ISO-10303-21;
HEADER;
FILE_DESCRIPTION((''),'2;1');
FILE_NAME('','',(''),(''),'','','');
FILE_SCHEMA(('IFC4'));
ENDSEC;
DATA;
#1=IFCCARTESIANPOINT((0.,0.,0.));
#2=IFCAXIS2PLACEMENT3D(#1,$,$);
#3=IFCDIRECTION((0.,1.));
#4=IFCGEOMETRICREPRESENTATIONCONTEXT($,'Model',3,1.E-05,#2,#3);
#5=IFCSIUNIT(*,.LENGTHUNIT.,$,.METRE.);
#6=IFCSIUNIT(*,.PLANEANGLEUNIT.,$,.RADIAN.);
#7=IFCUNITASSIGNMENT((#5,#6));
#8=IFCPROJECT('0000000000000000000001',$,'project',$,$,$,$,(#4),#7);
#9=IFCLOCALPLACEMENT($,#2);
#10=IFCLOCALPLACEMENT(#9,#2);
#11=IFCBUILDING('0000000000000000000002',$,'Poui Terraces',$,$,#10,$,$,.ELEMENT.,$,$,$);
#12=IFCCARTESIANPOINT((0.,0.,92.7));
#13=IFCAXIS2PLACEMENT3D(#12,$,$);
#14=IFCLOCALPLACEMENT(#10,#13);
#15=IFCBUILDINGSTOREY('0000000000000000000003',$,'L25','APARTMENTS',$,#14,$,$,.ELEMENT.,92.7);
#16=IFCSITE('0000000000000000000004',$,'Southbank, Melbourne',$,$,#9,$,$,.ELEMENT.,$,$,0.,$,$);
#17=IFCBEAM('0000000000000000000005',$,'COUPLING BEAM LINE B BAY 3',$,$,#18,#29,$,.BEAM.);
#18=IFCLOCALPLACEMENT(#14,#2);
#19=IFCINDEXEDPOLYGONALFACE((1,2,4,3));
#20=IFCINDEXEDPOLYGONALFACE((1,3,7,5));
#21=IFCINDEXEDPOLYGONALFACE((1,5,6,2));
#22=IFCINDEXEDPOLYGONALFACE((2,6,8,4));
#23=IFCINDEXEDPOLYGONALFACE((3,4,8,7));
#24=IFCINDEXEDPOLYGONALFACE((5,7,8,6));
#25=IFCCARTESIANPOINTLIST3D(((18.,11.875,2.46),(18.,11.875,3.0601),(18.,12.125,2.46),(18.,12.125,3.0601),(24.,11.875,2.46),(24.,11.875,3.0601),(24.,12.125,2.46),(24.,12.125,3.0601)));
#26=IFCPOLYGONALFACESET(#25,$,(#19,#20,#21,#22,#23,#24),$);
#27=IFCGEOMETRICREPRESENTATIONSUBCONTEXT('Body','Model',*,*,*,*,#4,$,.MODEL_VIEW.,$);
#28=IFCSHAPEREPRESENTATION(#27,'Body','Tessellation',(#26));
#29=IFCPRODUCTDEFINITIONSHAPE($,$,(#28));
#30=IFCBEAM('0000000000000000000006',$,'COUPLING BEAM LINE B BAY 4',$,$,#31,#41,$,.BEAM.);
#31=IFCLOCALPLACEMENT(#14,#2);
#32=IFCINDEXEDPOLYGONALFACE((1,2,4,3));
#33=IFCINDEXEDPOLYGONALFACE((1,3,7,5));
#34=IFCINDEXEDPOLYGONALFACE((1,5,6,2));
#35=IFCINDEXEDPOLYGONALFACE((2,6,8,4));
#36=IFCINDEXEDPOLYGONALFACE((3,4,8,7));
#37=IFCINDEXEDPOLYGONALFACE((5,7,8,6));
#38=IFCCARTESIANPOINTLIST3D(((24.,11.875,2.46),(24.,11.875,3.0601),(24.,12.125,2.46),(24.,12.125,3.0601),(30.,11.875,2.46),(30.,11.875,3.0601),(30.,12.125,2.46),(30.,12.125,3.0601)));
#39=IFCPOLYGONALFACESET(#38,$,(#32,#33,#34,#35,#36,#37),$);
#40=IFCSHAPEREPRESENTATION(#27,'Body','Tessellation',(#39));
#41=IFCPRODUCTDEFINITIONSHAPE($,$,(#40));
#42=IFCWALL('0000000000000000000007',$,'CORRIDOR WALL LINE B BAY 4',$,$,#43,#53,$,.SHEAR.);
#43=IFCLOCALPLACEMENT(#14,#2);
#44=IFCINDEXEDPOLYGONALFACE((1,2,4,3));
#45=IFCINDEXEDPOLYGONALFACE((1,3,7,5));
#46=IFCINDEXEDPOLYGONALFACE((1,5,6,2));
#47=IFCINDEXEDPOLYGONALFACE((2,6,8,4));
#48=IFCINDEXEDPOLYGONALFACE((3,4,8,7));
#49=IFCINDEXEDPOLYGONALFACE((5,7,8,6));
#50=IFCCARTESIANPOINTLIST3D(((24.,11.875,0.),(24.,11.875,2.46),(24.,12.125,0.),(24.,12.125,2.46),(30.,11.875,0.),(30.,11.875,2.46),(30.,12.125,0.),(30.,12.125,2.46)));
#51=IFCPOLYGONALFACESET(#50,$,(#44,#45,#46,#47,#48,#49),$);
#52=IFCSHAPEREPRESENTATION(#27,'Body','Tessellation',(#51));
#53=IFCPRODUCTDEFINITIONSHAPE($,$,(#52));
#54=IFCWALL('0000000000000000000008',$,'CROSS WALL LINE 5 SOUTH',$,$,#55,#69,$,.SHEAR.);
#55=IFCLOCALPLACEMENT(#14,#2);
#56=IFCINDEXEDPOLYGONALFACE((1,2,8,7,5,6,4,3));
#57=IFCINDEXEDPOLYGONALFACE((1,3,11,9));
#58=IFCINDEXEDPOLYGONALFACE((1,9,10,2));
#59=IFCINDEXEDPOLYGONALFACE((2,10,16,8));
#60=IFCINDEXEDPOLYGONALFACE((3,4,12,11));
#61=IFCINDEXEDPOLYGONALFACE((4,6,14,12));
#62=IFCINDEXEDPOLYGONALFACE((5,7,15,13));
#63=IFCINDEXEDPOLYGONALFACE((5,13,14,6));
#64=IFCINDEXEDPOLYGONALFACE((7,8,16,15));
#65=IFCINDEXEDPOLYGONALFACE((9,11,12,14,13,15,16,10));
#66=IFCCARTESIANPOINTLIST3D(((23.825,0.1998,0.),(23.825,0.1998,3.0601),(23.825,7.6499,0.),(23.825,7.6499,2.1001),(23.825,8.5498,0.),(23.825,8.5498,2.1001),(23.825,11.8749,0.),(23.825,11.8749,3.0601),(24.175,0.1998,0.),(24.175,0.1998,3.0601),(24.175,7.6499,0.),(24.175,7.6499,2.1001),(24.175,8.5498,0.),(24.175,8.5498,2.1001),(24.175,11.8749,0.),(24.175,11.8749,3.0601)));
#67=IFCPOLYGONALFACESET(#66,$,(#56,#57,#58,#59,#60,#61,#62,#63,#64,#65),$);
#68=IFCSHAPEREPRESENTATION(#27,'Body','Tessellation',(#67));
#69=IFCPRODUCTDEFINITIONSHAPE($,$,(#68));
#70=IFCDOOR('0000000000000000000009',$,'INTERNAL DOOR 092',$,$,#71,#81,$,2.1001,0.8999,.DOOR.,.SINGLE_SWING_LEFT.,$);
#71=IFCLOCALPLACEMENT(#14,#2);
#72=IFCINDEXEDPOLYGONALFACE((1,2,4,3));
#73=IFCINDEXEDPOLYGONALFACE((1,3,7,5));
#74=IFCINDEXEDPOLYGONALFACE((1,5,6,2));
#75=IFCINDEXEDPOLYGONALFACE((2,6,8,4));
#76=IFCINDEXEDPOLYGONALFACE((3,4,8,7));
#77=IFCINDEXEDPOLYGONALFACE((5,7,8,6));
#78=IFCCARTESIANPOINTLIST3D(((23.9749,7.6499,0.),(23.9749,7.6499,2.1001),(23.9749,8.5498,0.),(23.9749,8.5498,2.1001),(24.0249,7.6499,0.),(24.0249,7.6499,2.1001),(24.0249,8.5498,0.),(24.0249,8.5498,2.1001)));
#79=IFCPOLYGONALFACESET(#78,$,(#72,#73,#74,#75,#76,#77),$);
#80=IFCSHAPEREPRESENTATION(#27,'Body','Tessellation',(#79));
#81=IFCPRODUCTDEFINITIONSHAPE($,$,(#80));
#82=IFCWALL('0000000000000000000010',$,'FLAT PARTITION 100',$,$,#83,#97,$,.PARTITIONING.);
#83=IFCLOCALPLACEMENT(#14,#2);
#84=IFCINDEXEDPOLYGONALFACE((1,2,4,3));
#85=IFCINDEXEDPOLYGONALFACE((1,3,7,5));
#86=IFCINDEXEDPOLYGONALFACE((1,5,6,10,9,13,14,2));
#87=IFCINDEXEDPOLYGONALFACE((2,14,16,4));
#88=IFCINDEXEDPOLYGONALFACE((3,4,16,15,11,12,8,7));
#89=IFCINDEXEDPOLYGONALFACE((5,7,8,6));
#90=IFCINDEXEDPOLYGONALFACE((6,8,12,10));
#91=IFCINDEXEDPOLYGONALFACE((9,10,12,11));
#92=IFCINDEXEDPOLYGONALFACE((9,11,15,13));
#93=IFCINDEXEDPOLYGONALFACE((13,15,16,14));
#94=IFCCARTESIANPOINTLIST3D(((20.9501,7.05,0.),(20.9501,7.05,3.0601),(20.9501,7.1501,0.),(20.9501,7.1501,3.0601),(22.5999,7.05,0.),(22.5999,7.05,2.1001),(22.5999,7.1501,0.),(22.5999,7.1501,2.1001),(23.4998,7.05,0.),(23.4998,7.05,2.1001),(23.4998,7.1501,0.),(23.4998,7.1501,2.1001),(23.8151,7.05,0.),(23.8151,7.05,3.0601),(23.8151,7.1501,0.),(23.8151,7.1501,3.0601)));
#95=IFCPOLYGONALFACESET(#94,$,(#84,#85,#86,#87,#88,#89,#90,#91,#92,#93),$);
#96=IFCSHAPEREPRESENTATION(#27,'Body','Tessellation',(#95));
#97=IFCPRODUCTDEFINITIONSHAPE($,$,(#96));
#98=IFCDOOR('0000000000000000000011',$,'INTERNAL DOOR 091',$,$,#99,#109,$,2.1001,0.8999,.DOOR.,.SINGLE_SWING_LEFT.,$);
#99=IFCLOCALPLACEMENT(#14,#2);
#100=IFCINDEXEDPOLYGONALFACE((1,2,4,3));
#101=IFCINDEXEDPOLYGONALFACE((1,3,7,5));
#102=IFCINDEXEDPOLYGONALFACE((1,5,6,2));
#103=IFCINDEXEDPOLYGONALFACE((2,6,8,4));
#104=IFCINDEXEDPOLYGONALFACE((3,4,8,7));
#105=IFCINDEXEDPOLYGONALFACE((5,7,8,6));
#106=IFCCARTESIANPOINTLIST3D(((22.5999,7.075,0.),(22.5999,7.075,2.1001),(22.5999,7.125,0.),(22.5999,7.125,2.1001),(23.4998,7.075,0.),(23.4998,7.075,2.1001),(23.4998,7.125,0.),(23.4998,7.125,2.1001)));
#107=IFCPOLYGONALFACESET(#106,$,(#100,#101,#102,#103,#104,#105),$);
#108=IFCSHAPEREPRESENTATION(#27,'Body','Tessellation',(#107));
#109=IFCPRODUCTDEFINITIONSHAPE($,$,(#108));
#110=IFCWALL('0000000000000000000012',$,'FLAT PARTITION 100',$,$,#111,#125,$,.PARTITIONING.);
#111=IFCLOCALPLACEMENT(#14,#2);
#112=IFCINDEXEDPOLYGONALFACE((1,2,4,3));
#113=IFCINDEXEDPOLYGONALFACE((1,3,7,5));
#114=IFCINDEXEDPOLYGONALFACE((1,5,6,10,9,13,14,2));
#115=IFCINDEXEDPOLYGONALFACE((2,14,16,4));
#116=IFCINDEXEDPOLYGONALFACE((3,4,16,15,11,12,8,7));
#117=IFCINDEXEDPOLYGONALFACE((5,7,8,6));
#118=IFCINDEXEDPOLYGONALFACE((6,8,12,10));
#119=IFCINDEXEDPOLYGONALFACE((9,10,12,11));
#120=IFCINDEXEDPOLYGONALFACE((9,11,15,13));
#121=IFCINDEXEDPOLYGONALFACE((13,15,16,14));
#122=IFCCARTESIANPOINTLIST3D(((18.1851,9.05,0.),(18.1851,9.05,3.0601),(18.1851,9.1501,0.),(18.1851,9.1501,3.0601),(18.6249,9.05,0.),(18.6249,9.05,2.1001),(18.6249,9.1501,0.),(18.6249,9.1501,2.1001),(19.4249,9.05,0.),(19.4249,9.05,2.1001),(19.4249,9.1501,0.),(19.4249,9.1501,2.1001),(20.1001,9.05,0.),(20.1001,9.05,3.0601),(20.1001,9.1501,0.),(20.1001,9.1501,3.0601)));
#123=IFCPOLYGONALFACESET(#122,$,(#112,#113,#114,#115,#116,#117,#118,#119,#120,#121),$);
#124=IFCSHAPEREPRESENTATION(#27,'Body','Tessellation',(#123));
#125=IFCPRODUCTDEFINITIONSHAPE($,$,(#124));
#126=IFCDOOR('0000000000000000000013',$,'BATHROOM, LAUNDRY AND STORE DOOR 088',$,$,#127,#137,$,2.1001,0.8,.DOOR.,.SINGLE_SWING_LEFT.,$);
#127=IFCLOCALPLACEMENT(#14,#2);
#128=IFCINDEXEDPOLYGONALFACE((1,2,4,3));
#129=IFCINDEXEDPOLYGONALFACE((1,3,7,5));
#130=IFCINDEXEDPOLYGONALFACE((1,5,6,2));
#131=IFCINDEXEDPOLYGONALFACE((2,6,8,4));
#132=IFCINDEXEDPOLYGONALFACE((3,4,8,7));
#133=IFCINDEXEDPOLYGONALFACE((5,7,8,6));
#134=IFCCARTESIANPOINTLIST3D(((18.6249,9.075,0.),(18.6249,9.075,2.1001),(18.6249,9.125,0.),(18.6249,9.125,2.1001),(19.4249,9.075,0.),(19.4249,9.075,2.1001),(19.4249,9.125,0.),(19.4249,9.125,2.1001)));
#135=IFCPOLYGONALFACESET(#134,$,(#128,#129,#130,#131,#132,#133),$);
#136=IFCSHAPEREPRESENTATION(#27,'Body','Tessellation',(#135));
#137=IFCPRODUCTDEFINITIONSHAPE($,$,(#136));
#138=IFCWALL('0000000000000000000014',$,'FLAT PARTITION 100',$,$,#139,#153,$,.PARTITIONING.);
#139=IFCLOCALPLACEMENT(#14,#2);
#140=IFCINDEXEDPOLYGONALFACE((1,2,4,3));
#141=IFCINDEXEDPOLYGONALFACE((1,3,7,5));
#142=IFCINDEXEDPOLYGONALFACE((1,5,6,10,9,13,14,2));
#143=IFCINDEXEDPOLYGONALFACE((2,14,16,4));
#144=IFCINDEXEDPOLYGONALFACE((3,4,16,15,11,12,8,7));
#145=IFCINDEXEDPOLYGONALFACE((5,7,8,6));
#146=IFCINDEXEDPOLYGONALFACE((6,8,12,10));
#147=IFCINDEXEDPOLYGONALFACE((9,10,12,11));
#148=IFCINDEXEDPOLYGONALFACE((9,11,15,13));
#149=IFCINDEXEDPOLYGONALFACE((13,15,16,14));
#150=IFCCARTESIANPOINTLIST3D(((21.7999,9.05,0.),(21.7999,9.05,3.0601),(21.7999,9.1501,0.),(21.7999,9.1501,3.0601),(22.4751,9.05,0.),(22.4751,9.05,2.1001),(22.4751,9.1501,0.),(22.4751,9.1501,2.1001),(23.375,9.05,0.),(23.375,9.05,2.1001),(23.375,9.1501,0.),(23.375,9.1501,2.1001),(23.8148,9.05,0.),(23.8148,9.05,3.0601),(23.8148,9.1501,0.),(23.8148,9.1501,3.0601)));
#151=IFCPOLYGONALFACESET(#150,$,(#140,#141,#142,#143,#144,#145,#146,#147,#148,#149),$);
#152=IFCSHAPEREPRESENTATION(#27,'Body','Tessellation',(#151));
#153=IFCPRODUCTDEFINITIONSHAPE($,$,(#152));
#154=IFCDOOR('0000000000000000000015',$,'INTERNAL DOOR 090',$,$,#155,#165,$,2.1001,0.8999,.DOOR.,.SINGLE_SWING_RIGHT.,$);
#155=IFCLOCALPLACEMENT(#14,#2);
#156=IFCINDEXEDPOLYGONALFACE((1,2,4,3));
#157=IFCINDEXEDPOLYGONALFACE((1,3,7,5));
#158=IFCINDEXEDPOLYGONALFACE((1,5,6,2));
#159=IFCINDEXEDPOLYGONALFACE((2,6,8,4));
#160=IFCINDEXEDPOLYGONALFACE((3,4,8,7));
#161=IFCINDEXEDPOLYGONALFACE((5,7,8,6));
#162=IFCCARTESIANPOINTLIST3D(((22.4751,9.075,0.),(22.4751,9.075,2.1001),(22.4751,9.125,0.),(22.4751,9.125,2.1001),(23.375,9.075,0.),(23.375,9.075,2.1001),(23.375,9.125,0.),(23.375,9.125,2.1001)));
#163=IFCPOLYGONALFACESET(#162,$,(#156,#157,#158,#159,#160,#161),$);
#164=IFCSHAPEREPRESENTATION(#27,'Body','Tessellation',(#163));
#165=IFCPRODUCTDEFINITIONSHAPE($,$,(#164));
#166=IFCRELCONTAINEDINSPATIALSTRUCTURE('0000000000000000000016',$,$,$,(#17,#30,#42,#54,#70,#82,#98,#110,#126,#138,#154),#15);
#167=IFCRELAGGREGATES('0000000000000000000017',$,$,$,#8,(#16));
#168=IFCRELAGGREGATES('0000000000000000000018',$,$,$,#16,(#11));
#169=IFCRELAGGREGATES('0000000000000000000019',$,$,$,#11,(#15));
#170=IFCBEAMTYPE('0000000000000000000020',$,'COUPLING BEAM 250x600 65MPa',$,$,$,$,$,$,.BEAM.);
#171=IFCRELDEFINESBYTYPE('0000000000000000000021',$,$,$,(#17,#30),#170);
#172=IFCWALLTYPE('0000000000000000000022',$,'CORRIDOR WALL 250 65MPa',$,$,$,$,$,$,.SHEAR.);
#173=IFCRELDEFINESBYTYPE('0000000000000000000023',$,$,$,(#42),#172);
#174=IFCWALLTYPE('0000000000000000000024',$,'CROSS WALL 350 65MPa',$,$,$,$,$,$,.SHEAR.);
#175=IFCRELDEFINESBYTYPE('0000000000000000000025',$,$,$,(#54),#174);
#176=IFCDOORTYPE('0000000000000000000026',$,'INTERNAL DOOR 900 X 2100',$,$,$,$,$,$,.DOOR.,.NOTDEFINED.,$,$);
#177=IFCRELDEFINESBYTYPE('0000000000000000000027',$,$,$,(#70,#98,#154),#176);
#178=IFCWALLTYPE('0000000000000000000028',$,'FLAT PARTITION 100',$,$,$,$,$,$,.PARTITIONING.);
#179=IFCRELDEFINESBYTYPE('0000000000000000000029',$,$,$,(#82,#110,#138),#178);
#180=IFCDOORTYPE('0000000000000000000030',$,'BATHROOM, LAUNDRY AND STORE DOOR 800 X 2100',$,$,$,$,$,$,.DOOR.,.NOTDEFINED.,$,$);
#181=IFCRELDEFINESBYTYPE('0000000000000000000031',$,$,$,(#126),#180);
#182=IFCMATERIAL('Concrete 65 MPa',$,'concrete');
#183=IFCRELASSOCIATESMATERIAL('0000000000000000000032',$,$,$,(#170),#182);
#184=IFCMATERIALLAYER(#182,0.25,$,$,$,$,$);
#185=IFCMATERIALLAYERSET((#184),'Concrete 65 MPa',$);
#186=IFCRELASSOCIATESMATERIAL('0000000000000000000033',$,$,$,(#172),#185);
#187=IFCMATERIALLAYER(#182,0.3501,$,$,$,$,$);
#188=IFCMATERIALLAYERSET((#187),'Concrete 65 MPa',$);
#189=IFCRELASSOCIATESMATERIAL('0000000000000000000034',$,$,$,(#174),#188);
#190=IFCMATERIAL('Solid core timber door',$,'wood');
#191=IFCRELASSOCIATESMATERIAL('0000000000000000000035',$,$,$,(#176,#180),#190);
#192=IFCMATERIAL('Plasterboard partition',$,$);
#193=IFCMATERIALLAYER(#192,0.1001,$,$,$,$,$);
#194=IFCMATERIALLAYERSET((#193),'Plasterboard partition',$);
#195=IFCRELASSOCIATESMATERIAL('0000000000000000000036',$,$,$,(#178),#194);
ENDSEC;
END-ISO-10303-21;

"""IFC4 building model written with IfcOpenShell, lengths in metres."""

from ifc_helpers import new_model, si_unit, direction, frame, frame_2d, origin, origin_2d, place, context, subcontext, project, spatial, rectangle, extrude, source, transform, mapped, material, layer, layer_set, material_profile, profile_set, type_object, element, fill, save


model = new_model("IFC4")

# Units and contexts
model_context = context("Model", 3, precision=1e-05, world=origin(), true_north=direction((0.0, 1.0)))
body_context = subcontext(model_context, "Body", "Model", "MODEL_VIEW")
ifc_project = project(units=[si_unit("LENGTHUNIT", "METRE"), si_unit("PLANEANGLEUNIT", "RADIAN")], contexts=[model_context])

# Site, building, storey
site_placement = place(None, origin())
site = spatial("IfcSite", under=ifc_project, at=site_placement, Name="Southbank, Melbourne", CompositionType="ELEMENT", RefElevation=0.0)
building_placement = place(site_placement, origin())
building = spatial("IfcBuilding", under=site, at=building_placement, Name="Poui Terraces", CompositionType="ELEMENT")
storey_placement = place(building_placement, frame((0.0, 0.0, 92.7)))
storey = spatial("IfcBuildingStorey", under=building, at=storey_placement, Name="L25", Description="APARTMENTS", CompositionType="ELEMENT", Elevation=92.7)

# Beams
ifc_material_1 = material(Name="Concrete 65 MPa", Category="concrete")
ifc_material_profile = material_profile(ifc_material_1, rectangle(XDim=0.25, YDim=0.6001, at=origin_2d()), Name="RC 250x600")
ifc_profile_set = profile_set([ifc_material_profile], Name="Concrete 65 MPa")
beam_type = type_object("IfcBeamType", Name="COUPLING BEAM 250x600 65MPa", PredefinedType="BEAM", material=ifc_profile_set)
shared_shape = source(origin(), body_context, "Body", "SweptSolid", [
    extrude(rectangle(XDim=0.25, YDim=0.6001, at=origin_2d()), origin(), (0.0, 0.0, 1.0), 6.0),
])
for number, where, z_axis, x_axis, name in (
    (1, (18.0, 12.0, 2.76), (1.0, 0.0, 0.0), (0.0, 1.0, 0.0), "COUPLING BEAM LINE B BAY 3"),
    (2, (24.0, 12.0, 2.76), (1.0, 0.0, 0.0), (0.0, 1.0, 0.0), "COUPLING BEAM LINE B BAY 4"),
):
    element("IfcBeam", number, at=place(storey_placement, frame(where, z_axis=z_axis, x_axis=x_axis)), inside=storey, type_object=beam_type, Name=name, PredefinedType="BEAM", context=body_context, shape_type="MappedRepresentation", body=[
        mapped(shared_shape, transform((0.0, 0.0, 0.0))),
    ])

# Wall
ifc_layer_1 = layer(ifc_material_1, 0.25)
ifc_layer_set_1 = layer_set([ifc_layer_1], Name="Concrete 65 MPa")
wall_type_1 = type_object("IfcWallType", Name="CORRIDOR WALL 250 65MPa", PredefinedType="SHEAR", material=ifc_layer_set_1)
wall_1_placement = place(storey_placement, frame((24.0, 12.0, 0.0), z_axis=(0.0, 0.0, 1.0), x_axis=(1.0, 0.0, 0.0)))
element("IfcWall", 3, at=wall_1_placement, inside=storey, type_object=wall_type_1, Name="CORRIDOR WALL LINE B BAY 4", PredefinedType="SHEAR", context=body_context, shape_type="SweptSolid", body=[
    extrude(rectangle(XDim=6.0, YDim=0.25, at=frame_2d((3.0, 0.0))), origin(), (0.0, 0.0, 1.0), 2.46),
])

# Walls, openings, doors
ifc_layer_2 = layer(ifc_material_1, 0.3501)
ifc_layer_set_2 = layer_set([ifc_layer_2], Name="Concrete 65 MPa")
wall_type_2 = type_object("IfcWallType", Name="CROSS WALL 350 65MPa", PredefinedType="SHEAR", material=ifc_layer_set_2)
wall_2_placement = place(storey_placement, frame((24.0, 0.2, 0.0), z_axis=(0.0, 0.0, 1.0), x_axis=(0.0, 1.0, 0.0)))
wall_2 = element("IfcWall", 4, at=wall_2_placement, inside=storey, type_object=wall_type_2, Name="CROSS WALL LINE 5 SOUTH", PredefinedType="SHEAR", context=body_context, shape_type="SweptSolid", body=[
    extrude(rectangle(XDim=11.675, YDim=0.3501, at=frame_2d((5.8374, 0.0))), origin(), (0.0, 0.0, 1.0), 3.0601),
])
opening_1_placement = place(wall_2_placement, frame((7.45, 0.0, 0.0)))
opening_1 = element("IfcOpeningElement", 5, at=opening_1_placement, cuts=wall_2, PredefinedType="OPENING", context=body_context, shape_type="SweptSolid", body=[
    extrude(rectangle(XDim=0.8999, YDim=2.1001, at=frame_2d((0.45, 1.05))), frame((0.0, 0.1851, 0.0), z_axis=(0.0, -1.0, 0.0), x_axis=(1.0, 0.0, 0.0)), (0.0, 0.0, 1.0), 0.3701),
])
ifc_material_2 = material(Name="Solid core timber door", Category="wood")
door_type_1 = type_object("IfcDoorType", Name="INTERNAL DOOR 900 X 2100", OperationType="NOTDEFINED", PredefinedType="DOOR", material=ifc_material_2)
door_1_placement = place(opening_1_placement, frame((0.8999, 0.0, 0.0), z_axis=(0.0, 0.0, 1.0), x_axis=(-1.0, 0.0, 0.0)))
door_1 = element("IfcDoor", 6, at=door_1_placement, inside=storey, type_object=door_type_1, Name="INTERNAL DOOR 092", OperationType="SINGLE_SWING_LEFT", OverallHeight=2.1001, OverallWidth=0.8999, PredefinedType="DOOR", context=body_context, shape_type="SweptSolid", body=[
    extrude(rectangle(XDim=0.8999, YDim=2.1001, at=frame_2d((0.45, 1.05))), frame((0.0, 0.0249, 0.0), z_axis=(0.0, -1.0, 0.0), x_axis=(1.0, 0.0, 0.0)), (0.0, 0.0, 1.0), 0.05),
])
fill(opening_1, door_1)
ifc_material_3 = material(Name="Plasterboard partition")
ifc_layer_3 = layer(ifc_material_3, 0.1001)
ifc_layer_set_3 = layer_set([ifc_layer_3], Name="Plasterboard partition")
wall_type_3 = type_object("IfcWallType", Name="FLAT PARTITION 100", PredefinedType="PARTITIONING", material=ifc_layer_set_3)
wall_3_placement = place(storey_placement, frame((20.95, 7.1001, 0.0), z_axis=(0.0, 0.0, 1.0), x_axis=(1.0, 0.0, 0.0)))
wall_3 = element("IfcWall", 7, at=wall_3_placement, inside=storey, type_object=wall_type_3, Name="FLAT PARTITION 100", PredefinedType="PARTITIONING", context=body_context, shape_type="SweptSolid", body=[
    extrude(rectangle(XDim=2.865, YDim=0.1001, at=frame_2d((1.4326, 0.0))), origin(), (0.0, 0.0, 1.0), 3.0601),
])
opening_2_placement = place(wall_3_placement, frame((1.6499, 0.0, 0.0)))
opening_2 = element("IfcOpeningElement", 8, at=opening_2_placement, cuts=wall_3, PredefinedType="OPENING", context=body_context, shape_type="SweptSolid", body=[
    extrude(rectangle(XDim=0.8999, YDim=2.1001, at=frame_2d((0.45, 1.05))), frame((0.0, 0.0601, 0.0), z_axis=(0.0, -1.0, 0.0), x_axis=(1.0, 0.0, 0.0)), (0.0, 0.0, 1.0), 0.1201),
])
door_2_placement = place(opening_2_placement, origin())
door_2 = element("IfcDoor", 9, at=door_2_placement, inside=storey, type_object=door_type_1, Name="INTERNAL DOOR 091", OperationType="SINGLE_SWING_LEFT", OverallHeight=2.1001, OverallWidth=0.8999, PredefinedType="DOOR", context=body_context, shape_type="SweptSolid", body=[
    extrude(rectangle(XDim=0.8999, YDim=2.1001, at=frame_2d((0.45, 1.05))), frame((0.0, 0.0249, 0.0), z_axis=(0.0, -1.0, 0.0), x_axis=(1.0, 0.0, 0.0)), (0.0, 0.0, 1.0), 0.05),
])
fill(opening_2, door_2)
wall_4_placement = place(storey_placement, frame((18.1851, 9.1001, 0.0), z_axis=(0.0, 0.0, 1.0), x_axis=(1.0, 0.0, 0.0)))
wall_4 = element("IfcWall", 10, at=wall_4_placement, inside=storey, type_object=wall_type_3, Name="FLAT PARTITION 100", PredefinedType="PARTITIONING", context=body_context, shape_type="SweptSolid", body=[
    extrude(rectangle(XDim=1.915, YDim=0.1001, at=frame_2d((0.9575, 0.0))), origin(), (0.0, 0.0, 1.0), 3.0601),
])
opening_3_placement = place(wall_4_placement, frame((0.4399, 0.0, 0.0)))
opening_3 = element("IfcOpeningElement", 11, at=opening_3_placement, cuts=wall_4, PredefinedType="OPENING", context=body_context, shape_type="SweptSolid", body=[
    extrude(rectangle(XDim=0.8, YDim=2.1001, at=frame_2d((0.3999, 1.05))), frame((0.0, 0.0601, 0.0), z_axis=(0.0, -1.0, 0.0), x_axis=(1.0, 0.0, 0.0)), (0.0, 0.0, 1.0), 0.1201),
])
door_type_2 = type_object("IfcDoorType", Name="BATHROOM, LAUNDRY AND STORE DOOR 800 X 2100", OperationType="NOTDEFINED", PredefinedType="DOOR", material=ifc_material_2)
door_3_placement = place(opening_3_placement, origin())
door_3 = element("IfcDoor", 12, at=door_3_placement, inside=storey, type_object=door_type_2, Name="BATHROOM, LAUNDRY AND STORE DOOR 088", OperationType="SINGLE_SWING_LEFT", OverallHeight=2.1001, OverallWidth=0.8, PredefinedType="DOOR", context=body_context, shape_type="SweptSolid", body=[
    extrude(rectangle(XDim=0.8, YDim=2.1001, at=frame_2d((0.3999, 1.05))), frame((0.0, 0.0249, 0.0), z_axis=(0.0, -1.0, 0.0), x_axis=(1.0, 0.0, 0.0)), (0.0, 0.0, 1.0), 0.05),
])
fill(opening_3, door_3)
wall_5_placement = place(storey_placement, frame((21.8, 9.1001, 0.0), z_axis=(0.0, 0.0, 1.0), x_axis=(1.0, 0.0, 0.0)))
wall_5 = element("IfcWall", 13, at=wall_5_placement, inside=storey, type_object=wall_type_3, Name="FLAT PARTITION 100", PredefinedType="PARTITIONING", context=body_context, shape_type="SweptSolid", body=[
    extrude(rectangle(XDim=2.0149, YDim=0.1001, at=frame_2d((1.0073, 0.0))), origin(), (0.0, 0.0, 1.0), 3.0601),
])
opening_4_placement = place(wall_5_placement, frame((0.675, 0.0, 0.0)))
opening_4 = element("IfcOpeningElement", 14, at=opening_4_placement, cuts=wall_5, PredefinedType="OPENING", context=body_context, shape_type="SweptSolid", body=[
    extrude(rectangle(XDim=0.8999, YDim=2.1001, at=frame_2d((0.45, 1.05))), frame((0.0, 0.0601, 0.0), z_axis=(0.0, -1.0, 0.0), x_axis=(1.0, 0.0, 0.0)), (0.0, 0.0, 1.0), 0.1201),
])
door_4_placement = place(opening_4_placement, origin())
door_4 = element("IfcDoor", 15, at=door_4_placement, inside=storey, type_object=door_type_1, Name="INTERNAL DOOR 090", OperationType="SINGLE_SWING_RIGHT", OverallHeight=2.1001, OverallWidth=0.8999, PredefinedType="DOOR", context=body_context, shape_type="SweptSolid", body=[
    extrude(rectangle(XDim=0.8999, YDim=2.1001, at=frame_2d((0.45, 1.05))), frame((0.0, 0.0249, 0.0), z_axis=(0.0, -1.0, 0.0), x_axis=(1.0, 0.0, 0.0)), (0.0, 0.0, 1.0), 0.05),
])
fill(opening_4, door_4)

save(model, "model.ifc")
